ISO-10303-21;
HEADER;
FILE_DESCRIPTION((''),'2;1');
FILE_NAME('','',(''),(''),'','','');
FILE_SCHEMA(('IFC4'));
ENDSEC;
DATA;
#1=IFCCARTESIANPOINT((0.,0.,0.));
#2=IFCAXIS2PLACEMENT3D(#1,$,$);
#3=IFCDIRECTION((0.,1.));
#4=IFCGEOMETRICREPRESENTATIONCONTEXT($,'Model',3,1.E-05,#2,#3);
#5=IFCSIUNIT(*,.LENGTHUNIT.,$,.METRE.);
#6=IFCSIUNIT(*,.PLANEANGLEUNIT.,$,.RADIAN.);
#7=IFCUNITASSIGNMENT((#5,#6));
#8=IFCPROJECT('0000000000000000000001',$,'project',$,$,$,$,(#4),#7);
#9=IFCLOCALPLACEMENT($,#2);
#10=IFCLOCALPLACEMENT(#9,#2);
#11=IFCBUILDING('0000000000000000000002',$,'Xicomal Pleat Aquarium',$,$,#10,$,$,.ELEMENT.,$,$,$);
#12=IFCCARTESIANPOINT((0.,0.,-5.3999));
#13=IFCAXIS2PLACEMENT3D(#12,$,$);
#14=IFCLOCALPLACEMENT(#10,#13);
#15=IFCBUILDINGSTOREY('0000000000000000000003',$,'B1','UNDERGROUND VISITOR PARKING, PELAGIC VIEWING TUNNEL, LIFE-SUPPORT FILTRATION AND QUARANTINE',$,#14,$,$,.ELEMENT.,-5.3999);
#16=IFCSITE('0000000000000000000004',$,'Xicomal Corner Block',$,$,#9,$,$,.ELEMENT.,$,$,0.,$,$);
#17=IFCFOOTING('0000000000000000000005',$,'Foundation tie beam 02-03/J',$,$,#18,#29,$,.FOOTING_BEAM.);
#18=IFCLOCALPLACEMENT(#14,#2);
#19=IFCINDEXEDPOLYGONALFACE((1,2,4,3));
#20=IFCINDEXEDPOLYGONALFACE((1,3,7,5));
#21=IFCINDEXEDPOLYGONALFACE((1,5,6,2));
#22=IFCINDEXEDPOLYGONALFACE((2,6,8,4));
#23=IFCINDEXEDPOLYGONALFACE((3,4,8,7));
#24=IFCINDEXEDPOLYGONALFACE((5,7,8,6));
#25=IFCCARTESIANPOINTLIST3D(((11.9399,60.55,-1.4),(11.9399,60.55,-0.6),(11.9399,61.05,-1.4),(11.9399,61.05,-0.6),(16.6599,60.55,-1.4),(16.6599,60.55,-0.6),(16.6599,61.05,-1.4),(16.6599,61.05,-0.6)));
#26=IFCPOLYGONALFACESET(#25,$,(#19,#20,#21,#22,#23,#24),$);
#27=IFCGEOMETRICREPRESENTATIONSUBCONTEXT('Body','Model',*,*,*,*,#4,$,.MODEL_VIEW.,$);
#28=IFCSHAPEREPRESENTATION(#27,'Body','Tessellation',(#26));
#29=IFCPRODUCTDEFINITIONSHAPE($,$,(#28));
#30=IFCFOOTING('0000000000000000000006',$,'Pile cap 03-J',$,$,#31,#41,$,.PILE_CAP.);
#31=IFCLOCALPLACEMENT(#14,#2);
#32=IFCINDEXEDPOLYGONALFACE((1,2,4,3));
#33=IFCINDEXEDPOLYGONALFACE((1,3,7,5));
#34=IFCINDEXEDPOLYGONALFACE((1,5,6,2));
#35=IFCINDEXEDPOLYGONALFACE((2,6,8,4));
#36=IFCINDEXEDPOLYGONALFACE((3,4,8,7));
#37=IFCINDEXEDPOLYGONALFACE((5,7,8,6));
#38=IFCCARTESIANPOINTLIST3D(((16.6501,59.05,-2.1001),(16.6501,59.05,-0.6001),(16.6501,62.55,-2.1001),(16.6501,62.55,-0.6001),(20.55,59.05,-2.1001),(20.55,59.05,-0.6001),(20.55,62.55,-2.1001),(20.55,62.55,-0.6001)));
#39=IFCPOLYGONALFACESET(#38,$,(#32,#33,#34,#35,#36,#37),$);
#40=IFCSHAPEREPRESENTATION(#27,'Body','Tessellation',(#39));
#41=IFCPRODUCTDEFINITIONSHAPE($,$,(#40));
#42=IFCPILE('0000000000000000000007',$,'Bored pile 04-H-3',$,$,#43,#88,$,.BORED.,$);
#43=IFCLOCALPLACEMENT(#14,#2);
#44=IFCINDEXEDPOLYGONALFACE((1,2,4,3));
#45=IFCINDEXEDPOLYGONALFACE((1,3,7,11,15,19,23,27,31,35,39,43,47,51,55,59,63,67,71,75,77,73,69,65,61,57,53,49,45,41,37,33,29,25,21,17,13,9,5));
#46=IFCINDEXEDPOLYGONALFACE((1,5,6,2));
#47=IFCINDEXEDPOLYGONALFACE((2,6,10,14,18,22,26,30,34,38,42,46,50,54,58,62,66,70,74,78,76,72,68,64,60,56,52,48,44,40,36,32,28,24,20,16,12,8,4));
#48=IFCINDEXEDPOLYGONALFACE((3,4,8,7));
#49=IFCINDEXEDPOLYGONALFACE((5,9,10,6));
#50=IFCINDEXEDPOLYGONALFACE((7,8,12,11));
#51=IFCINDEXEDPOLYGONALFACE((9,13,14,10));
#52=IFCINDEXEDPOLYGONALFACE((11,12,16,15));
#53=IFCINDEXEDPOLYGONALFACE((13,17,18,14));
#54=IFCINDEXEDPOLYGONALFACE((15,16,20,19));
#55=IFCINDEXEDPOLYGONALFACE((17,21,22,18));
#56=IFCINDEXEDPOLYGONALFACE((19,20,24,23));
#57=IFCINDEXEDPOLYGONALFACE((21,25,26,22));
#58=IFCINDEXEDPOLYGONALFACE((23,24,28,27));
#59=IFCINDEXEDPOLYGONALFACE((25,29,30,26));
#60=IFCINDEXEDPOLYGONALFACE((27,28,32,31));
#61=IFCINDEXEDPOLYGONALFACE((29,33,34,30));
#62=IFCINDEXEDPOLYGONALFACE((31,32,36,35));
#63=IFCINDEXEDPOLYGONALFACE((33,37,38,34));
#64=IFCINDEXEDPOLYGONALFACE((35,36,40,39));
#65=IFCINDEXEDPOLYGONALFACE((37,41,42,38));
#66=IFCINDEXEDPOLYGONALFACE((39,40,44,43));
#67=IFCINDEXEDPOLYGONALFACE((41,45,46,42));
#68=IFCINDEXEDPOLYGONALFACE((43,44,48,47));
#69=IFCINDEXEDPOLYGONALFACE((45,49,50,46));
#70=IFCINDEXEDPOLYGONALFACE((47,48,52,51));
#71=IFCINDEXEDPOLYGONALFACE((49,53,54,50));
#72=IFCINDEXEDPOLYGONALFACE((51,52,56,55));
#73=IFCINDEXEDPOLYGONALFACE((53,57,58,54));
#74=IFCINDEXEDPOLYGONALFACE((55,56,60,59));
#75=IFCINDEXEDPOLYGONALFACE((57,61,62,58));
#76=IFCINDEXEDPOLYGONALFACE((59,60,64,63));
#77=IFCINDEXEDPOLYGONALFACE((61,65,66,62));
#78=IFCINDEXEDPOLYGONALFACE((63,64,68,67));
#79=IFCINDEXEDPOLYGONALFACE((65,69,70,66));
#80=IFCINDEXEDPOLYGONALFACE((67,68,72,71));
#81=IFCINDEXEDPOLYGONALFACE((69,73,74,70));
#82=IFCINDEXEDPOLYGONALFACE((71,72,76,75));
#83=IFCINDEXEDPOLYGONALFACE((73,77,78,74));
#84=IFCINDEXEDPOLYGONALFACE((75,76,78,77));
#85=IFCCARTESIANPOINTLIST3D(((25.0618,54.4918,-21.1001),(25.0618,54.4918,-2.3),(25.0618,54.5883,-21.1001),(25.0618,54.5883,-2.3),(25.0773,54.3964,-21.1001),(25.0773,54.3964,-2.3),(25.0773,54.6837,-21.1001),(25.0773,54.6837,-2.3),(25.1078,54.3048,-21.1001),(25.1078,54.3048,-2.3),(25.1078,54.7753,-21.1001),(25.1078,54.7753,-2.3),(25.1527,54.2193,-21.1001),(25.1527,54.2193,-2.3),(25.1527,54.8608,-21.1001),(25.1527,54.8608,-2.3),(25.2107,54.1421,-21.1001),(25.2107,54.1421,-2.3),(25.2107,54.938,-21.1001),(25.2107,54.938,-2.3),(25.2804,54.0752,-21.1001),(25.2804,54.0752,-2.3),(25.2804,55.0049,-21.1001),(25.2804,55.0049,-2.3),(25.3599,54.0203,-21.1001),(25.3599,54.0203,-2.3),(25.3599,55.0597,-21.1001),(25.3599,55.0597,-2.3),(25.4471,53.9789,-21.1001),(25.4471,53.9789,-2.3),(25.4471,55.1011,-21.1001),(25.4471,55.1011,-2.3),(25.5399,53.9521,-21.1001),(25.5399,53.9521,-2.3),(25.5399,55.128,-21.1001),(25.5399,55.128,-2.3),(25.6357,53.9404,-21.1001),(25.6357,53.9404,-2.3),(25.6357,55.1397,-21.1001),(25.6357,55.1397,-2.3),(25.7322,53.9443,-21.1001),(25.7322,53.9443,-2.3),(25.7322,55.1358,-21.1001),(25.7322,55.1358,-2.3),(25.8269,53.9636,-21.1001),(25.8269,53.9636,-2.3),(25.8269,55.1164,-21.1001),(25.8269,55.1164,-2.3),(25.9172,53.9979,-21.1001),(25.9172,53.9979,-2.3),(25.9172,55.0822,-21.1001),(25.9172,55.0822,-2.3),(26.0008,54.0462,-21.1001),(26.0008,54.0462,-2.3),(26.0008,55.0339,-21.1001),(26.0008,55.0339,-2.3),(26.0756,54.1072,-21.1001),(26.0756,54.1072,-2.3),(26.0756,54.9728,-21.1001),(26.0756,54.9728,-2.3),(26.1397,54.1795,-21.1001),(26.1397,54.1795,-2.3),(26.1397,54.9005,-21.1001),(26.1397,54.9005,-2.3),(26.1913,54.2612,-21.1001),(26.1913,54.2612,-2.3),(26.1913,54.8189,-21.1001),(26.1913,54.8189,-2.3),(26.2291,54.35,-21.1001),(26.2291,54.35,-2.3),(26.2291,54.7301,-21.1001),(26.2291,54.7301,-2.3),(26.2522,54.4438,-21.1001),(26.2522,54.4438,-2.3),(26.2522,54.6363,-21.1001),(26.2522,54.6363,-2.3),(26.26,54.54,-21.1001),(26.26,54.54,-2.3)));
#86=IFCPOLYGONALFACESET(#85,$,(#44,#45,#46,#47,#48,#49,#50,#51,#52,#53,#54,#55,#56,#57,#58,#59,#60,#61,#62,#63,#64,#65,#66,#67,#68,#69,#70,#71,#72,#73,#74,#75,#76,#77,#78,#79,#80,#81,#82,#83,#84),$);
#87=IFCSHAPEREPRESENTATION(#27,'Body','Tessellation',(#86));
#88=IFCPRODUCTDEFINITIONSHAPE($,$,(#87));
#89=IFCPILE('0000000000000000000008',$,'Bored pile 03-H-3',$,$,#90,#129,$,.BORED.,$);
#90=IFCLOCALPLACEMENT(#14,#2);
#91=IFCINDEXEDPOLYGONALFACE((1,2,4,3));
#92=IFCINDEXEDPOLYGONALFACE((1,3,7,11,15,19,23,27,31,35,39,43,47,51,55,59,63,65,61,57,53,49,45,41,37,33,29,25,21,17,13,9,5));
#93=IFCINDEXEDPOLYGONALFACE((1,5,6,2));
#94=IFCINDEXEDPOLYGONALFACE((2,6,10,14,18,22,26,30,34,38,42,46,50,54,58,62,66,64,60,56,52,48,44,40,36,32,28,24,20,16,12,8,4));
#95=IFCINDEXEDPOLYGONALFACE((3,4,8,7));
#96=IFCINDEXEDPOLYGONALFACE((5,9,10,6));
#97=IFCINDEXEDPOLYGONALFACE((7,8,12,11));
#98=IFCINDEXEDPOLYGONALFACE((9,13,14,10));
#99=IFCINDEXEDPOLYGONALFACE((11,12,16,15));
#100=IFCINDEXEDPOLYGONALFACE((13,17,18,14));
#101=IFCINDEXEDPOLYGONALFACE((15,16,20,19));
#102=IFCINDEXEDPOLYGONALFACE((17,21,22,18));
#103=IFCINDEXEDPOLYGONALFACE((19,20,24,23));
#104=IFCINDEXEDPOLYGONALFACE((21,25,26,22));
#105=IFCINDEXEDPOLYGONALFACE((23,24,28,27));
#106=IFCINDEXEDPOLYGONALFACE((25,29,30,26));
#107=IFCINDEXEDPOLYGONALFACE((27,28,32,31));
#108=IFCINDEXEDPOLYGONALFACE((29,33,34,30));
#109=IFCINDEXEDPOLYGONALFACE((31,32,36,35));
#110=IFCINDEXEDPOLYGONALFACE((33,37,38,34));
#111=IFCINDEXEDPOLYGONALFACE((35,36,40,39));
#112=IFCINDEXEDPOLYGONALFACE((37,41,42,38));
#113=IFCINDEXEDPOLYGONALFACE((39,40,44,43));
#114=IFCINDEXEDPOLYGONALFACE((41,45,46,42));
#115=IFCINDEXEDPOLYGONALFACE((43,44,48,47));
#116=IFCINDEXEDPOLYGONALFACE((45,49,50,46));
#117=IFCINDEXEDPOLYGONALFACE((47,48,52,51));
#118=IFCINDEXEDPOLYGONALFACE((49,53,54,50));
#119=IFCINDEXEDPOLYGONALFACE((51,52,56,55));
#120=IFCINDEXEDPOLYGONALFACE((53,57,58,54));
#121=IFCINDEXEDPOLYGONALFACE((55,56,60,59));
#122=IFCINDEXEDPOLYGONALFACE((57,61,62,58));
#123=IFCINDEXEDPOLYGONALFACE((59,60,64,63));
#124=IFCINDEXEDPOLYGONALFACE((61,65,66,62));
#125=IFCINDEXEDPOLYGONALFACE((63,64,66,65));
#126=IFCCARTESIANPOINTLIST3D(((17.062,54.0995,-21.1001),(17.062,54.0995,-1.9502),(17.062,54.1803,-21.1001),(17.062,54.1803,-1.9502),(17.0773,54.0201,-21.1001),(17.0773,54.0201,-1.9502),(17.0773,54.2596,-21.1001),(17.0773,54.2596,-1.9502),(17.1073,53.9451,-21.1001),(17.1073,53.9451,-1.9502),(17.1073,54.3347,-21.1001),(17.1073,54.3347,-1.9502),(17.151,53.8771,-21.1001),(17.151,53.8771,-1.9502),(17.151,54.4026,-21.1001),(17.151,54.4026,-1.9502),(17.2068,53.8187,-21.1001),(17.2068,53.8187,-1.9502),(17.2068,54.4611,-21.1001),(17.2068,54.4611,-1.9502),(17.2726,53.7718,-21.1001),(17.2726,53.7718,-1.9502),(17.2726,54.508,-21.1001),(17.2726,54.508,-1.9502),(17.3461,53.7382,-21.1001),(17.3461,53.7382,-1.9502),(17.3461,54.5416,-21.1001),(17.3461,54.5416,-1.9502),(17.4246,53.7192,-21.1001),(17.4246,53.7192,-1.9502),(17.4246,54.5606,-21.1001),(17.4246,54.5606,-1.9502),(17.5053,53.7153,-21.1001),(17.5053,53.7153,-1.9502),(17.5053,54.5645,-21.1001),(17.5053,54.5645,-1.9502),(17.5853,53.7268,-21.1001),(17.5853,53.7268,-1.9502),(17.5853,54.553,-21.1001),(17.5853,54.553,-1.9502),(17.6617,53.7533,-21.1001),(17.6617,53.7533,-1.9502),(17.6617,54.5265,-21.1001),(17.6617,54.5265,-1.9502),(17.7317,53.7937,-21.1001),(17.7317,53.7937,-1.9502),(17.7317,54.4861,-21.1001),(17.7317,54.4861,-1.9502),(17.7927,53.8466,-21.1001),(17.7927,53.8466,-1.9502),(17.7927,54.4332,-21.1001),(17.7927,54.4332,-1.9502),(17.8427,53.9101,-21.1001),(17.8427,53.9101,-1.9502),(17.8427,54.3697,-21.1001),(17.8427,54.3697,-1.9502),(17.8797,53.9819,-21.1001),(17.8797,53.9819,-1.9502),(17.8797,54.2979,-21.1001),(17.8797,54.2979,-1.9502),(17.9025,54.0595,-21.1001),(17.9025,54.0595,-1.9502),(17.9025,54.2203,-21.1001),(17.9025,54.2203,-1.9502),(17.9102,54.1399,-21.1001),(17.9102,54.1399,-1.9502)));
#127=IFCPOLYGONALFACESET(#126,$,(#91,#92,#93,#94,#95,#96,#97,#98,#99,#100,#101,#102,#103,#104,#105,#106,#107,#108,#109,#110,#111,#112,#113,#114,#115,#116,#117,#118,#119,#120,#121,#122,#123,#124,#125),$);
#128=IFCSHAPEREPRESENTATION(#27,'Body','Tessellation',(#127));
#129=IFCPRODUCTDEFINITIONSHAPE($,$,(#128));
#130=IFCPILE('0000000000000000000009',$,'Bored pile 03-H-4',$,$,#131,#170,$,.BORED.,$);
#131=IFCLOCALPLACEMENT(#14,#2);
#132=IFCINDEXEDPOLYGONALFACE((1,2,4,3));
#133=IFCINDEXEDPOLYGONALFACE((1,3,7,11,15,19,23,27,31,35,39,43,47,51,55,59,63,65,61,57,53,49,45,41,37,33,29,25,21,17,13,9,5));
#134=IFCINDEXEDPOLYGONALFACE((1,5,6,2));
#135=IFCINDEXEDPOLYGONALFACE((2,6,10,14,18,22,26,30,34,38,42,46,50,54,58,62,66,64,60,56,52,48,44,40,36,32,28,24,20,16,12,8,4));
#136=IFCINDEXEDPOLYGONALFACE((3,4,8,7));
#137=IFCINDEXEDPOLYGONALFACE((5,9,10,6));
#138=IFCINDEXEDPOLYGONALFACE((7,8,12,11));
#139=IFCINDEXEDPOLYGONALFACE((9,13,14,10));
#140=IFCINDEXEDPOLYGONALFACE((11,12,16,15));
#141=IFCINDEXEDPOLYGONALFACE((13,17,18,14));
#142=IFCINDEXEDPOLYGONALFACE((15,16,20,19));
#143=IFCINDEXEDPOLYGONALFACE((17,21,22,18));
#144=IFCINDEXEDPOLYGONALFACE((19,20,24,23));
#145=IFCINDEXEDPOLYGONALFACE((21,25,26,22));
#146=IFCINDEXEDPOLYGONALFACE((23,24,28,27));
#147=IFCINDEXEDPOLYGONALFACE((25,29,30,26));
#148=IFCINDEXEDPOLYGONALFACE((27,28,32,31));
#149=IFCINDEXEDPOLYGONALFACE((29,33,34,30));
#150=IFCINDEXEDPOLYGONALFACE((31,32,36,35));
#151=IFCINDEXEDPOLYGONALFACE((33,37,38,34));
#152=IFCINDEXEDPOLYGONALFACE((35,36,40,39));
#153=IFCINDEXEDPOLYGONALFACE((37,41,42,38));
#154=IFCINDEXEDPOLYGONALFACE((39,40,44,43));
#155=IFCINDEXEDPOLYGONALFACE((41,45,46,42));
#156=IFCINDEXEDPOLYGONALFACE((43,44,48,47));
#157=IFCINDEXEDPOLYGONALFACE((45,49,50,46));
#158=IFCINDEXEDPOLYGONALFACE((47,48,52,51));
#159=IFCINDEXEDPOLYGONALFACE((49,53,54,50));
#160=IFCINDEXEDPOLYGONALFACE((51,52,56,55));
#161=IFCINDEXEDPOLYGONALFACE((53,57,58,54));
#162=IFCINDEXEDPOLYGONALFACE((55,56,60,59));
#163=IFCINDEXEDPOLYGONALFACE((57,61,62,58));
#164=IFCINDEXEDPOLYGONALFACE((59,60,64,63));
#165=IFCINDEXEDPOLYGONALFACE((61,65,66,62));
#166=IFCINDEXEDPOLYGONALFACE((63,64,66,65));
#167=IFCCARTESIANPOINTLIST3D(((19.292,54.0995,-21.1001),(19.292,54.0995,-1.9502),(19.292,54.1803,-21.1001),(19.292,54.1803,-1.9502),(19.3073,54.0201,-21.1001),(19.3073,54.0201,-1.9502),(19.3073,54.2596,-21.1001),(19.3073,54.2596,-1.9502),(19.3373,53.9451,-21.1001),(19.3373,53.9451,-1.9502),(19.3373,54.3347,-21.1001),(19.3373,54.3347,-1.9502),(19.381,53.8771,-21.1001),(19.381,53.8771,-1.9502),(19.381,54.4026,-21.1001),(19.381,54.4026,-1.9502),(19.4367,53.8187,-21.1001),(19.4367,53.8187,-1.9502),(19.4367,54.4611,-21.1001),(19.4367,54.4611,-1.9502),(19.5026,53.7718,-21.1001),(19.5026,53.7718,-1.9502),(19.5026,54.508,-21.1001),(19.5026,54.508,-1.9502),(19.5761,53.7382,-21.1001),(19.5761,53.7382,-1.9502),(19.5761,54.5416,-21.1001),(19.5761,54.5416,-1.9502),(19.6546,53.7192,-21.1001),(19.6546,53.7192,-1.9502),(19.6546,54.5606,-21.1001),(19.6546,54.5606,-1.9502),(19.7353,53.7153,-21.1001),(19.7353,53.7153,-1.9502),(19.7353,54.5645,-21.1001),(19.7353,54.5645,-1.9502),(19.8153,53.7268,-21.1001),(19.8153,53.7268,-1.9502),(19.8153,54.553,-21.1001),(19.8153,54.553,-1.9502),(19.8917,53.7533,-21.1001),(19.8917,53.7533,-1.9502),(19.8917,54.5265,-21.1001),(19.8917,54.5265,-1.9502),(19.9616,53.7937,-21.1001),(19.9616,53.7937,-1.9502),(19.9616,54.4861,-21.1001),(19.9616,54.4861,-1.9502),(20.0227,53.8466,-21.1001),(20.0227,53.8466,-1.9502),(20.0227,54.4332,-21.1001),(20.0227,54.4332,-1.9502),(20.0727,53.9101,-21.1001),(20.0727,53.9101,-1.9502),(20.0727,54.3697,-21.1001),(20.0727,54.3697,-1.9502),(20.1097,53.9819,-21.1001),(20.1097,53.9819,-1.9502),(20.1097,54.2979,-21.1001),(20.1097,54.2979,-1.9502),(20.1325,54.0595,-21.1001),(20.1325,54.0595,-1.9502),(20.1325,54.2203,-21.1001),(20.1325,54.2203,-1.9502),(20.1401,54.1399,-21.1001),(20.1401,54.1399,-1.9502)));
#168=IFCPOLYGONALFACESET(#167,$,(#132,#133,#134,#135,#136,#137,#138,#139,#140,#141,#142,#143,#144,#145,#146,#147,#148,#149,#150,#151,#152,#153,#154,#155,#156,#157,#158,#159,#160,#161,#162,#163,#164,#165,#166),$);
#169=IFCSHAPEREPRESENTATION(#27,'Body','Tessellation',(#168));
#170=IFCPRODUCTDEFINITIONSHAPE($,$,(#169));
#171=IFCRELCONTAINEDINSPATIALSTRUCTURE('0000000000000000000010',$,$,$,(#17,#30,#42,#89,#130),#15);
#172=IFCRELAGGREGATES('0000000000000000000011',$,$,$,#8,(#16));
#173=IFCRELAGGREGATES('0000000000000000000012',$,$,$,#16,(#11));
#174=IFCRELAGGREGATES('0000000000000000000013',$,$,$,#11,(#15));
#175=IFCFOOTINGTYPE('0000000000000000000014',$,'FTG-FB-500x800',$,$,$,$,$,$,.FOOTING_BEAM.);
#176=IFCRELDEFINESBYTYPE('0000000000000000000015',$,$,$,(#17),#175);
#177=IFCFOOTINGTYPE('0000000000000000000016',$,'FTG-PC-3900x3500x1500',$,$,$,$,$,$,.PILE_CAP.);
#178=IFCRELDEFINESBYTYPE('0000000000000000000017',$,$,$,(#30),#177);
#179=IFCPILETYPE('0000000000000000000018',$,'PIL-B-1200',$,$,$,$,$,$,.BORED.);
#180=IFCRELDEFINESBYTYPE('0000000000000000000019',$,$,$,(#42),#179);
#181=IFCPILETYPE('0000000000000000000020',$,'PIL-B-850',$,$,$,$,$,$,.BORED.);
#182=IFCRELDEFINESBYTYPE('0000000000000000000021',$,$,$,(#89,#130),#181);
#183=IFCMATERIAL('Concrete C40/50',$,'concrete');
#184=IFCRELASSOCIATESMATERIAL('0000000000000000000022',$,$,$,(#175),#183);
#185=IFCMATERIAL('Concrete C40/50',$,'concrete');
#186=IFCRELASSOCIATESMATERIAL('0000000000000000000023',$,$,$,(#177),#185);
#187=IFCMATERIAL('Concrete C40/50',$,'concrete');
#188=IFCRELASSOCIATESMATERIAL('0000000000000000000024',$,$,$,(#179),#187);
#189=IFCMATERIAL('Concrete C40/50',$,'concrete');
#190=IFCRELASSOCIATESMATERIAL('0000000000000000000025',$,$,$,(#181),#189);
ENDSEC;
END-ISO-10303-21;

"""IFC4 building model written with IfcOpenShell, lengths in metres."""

from ifc_helpers import new_model, si_unit, direction, frame, origin, origin_2d, place, context, subcontext, project, spatial, rectangle, circle, extrude, material, material_profile, profile_set, type_object, element, save


model = new_model("IFC4")

# Units and contexts
model_context = context("Model", 3, precision=1e-05, world=origin(), true_north=direction((0.0, 1.0)))
body_context = subcontext(model_context, "Body", "Model", "MODEL_VIEW")
ifc_project = project(units=[si_unit("LENGTHUNIT", "METRE"), si_unit("PLANEANGLEUNIT", "RADIAN")], contexts=[model_context])

# Site, building, storey
site_placement = place(None, origin())
site = spatial("IfcSite", under=ifc_project, at=site_placement, Name="Xicomal Corner Block", CompositionType="ELEMENT", RefElevation=0.0)
building_placement = place(site_placement, origin())
building = spatial("IfcBuilding", under=site, at=building_placement, Name="Xicomal Pleat Aquarium", CompositionType="ELEMENT")
storey_placement = place(building_placement, frame((0.0, 0.0, -5.3999)))
storey = spatial("IfcBuildingStorey", under=building, at=storey_placement, Name="B1", Description="UNDERGROUND VISITOR PARKING, PELAGIC VIEWING TUNNEL, LIFE-SUPPORT FILTRATION AND QUARANTINE", CompositionType="ELEMENT", Elevation=-5.3999)

# Footings
ifc_material_1 = material(Name="Concrete C40/50", Category="concrete")
ifc_material_profile_1 = material_profile(ifc_material_1, rectangle(XDim=0.5, YDim=0.8, at=origin_2d()), Name="FB-01 500x800")
ifc_profile_set_1 = profile_set([ifc_material_profile_1], Name="Concrete C40/50")
footing_type_1 = type_object("IfcFootingType", Name="FTG-FB-500x800", PredefinedType="FOOTING_BEAM", material=ifc_profile_set_1)
footing_1_placement = place(storey_placement, frame((11.9399, 60.8, -1.0), z_axis=(1.0, 0.0, 0.0), x_axis=(0.0, 1.0, 0.0)))
element("IfcFooting", 1, at=footing_1_placement, inside=storey, type_object=footing_type_1, Name="Foundation tie beam 02-03/J", PredefinedType="FOOTING_BEAM", context=body_context, shape_type="SweptSolid", body=[
    extrude(rectangle(XDim=0.5, YDim=0.8, at=origin_2d()), origin(), (0.0, 0.0, 1.0), 4.72),
])
ifc_material_2 = material(Name="Concrete C40/50", Category="concrete")
footing_type_2 = type_object("IfcFootingType", Name="FTG-PC-3900x3500x1500", PredefinedType="PILE_CAP", material=ifc_material_2)
footing_2_placement = place(storey_placement, frame((18.6001, 60.8, -2.1001), z_axis=(0.0, 0.0, 1.0), x_axis=(1.0, 0.0, 0.0)))
element("IfcFooting", 2, at=footing_2_placement, inside=storey, type_object=footing_type_2, Name="Pile cap 03-J", PredefinedType="PILE_CAP", context=body_context, shape_type="SweptSolid", body=[
    extrude(rectangle(XDim=3.8999, YDim=3.5, at=origin_2d()), origin(), (0.0, 0.0, 1.0), 1.5),
])

# Piles
ifc_material_3 = material(Name="Concrete C40/50", Category="concrete")
ifc_material_profile_2 = material_profile(ifc_material_3, circle(Radius=0.6001, at=origin_2d()), Name="BORED PILE D1200")
ifc_profile_set_2 = profile_set([ifc_material_profile_2], Name="Concrete C40/50")
pile_type_1 = type_object("IfcPileType", Name="PIL-B-1200", PredefinedType="BORED", material=ifc_profile_set_2)
pile_1_placement = place(storey_placement, frame((25.6599, 54.54, -2.3), z_axis=(0.0, 0.0, -1.0), x_axis=(1.0, 0.0, 0.0)))
element("IfcPile", 3, at=pile_1_placement, inside=storey, type_object=pile_type_1, Name="Bored pile 04-H-3", PredefinedType="BORED", context=body_context, shape_type="SweptSolid", body=[
    extrude(circle(Radius=0.6001, at=origin_2d()), origin(), (0.0, 0.0, 1.0), 18.8),
])
ifc_material_4 = material(Name="Concrete C40/50", Category="concrete")
ifc_material_profile_3 = material_profile(ifc_material_4, circle(Radius=0.425, at=origin_2d()), Name="BORED PILE D850")
ifc_profile_set_3 = profile_set([ifc_material_profile_3], Name="Concrete C40/50")
pile_type_2 = type_object("IfcPileType", Name="PIL-B-850", PredefinedType="BORED", material=ifc_profile_set_3)
for number, where, z_axis, x_axis, name in (
    (4, (17.4851, 54.1399, -1.9502), (0.0, 0.0, -1.0), (1.0, 0.0, 0.0), "Bored pile 03-H-3"),
    (5, (19.7151, 54.1399, -1.9502), (0.0, 0.0, -1.0), (1.0, 0.0, 0.0), "Bored pile 03-H-4"),
):
    element("IfcPile", number, at=place(storey_placement, frame(where, z_axis=z_axis, x_axis=x_axis)), inside=storey, type_object=pile_type_2, Name=name, PredefinedType="BORED", context=body_context, shape_type="SweptSolid", body=[
        extrude(circle(Radius=0.425, at=origin_2d()), origin(), (0.0, 0.0, 1.0), 19.1499),
    ])

save(model, "model.ifc")
